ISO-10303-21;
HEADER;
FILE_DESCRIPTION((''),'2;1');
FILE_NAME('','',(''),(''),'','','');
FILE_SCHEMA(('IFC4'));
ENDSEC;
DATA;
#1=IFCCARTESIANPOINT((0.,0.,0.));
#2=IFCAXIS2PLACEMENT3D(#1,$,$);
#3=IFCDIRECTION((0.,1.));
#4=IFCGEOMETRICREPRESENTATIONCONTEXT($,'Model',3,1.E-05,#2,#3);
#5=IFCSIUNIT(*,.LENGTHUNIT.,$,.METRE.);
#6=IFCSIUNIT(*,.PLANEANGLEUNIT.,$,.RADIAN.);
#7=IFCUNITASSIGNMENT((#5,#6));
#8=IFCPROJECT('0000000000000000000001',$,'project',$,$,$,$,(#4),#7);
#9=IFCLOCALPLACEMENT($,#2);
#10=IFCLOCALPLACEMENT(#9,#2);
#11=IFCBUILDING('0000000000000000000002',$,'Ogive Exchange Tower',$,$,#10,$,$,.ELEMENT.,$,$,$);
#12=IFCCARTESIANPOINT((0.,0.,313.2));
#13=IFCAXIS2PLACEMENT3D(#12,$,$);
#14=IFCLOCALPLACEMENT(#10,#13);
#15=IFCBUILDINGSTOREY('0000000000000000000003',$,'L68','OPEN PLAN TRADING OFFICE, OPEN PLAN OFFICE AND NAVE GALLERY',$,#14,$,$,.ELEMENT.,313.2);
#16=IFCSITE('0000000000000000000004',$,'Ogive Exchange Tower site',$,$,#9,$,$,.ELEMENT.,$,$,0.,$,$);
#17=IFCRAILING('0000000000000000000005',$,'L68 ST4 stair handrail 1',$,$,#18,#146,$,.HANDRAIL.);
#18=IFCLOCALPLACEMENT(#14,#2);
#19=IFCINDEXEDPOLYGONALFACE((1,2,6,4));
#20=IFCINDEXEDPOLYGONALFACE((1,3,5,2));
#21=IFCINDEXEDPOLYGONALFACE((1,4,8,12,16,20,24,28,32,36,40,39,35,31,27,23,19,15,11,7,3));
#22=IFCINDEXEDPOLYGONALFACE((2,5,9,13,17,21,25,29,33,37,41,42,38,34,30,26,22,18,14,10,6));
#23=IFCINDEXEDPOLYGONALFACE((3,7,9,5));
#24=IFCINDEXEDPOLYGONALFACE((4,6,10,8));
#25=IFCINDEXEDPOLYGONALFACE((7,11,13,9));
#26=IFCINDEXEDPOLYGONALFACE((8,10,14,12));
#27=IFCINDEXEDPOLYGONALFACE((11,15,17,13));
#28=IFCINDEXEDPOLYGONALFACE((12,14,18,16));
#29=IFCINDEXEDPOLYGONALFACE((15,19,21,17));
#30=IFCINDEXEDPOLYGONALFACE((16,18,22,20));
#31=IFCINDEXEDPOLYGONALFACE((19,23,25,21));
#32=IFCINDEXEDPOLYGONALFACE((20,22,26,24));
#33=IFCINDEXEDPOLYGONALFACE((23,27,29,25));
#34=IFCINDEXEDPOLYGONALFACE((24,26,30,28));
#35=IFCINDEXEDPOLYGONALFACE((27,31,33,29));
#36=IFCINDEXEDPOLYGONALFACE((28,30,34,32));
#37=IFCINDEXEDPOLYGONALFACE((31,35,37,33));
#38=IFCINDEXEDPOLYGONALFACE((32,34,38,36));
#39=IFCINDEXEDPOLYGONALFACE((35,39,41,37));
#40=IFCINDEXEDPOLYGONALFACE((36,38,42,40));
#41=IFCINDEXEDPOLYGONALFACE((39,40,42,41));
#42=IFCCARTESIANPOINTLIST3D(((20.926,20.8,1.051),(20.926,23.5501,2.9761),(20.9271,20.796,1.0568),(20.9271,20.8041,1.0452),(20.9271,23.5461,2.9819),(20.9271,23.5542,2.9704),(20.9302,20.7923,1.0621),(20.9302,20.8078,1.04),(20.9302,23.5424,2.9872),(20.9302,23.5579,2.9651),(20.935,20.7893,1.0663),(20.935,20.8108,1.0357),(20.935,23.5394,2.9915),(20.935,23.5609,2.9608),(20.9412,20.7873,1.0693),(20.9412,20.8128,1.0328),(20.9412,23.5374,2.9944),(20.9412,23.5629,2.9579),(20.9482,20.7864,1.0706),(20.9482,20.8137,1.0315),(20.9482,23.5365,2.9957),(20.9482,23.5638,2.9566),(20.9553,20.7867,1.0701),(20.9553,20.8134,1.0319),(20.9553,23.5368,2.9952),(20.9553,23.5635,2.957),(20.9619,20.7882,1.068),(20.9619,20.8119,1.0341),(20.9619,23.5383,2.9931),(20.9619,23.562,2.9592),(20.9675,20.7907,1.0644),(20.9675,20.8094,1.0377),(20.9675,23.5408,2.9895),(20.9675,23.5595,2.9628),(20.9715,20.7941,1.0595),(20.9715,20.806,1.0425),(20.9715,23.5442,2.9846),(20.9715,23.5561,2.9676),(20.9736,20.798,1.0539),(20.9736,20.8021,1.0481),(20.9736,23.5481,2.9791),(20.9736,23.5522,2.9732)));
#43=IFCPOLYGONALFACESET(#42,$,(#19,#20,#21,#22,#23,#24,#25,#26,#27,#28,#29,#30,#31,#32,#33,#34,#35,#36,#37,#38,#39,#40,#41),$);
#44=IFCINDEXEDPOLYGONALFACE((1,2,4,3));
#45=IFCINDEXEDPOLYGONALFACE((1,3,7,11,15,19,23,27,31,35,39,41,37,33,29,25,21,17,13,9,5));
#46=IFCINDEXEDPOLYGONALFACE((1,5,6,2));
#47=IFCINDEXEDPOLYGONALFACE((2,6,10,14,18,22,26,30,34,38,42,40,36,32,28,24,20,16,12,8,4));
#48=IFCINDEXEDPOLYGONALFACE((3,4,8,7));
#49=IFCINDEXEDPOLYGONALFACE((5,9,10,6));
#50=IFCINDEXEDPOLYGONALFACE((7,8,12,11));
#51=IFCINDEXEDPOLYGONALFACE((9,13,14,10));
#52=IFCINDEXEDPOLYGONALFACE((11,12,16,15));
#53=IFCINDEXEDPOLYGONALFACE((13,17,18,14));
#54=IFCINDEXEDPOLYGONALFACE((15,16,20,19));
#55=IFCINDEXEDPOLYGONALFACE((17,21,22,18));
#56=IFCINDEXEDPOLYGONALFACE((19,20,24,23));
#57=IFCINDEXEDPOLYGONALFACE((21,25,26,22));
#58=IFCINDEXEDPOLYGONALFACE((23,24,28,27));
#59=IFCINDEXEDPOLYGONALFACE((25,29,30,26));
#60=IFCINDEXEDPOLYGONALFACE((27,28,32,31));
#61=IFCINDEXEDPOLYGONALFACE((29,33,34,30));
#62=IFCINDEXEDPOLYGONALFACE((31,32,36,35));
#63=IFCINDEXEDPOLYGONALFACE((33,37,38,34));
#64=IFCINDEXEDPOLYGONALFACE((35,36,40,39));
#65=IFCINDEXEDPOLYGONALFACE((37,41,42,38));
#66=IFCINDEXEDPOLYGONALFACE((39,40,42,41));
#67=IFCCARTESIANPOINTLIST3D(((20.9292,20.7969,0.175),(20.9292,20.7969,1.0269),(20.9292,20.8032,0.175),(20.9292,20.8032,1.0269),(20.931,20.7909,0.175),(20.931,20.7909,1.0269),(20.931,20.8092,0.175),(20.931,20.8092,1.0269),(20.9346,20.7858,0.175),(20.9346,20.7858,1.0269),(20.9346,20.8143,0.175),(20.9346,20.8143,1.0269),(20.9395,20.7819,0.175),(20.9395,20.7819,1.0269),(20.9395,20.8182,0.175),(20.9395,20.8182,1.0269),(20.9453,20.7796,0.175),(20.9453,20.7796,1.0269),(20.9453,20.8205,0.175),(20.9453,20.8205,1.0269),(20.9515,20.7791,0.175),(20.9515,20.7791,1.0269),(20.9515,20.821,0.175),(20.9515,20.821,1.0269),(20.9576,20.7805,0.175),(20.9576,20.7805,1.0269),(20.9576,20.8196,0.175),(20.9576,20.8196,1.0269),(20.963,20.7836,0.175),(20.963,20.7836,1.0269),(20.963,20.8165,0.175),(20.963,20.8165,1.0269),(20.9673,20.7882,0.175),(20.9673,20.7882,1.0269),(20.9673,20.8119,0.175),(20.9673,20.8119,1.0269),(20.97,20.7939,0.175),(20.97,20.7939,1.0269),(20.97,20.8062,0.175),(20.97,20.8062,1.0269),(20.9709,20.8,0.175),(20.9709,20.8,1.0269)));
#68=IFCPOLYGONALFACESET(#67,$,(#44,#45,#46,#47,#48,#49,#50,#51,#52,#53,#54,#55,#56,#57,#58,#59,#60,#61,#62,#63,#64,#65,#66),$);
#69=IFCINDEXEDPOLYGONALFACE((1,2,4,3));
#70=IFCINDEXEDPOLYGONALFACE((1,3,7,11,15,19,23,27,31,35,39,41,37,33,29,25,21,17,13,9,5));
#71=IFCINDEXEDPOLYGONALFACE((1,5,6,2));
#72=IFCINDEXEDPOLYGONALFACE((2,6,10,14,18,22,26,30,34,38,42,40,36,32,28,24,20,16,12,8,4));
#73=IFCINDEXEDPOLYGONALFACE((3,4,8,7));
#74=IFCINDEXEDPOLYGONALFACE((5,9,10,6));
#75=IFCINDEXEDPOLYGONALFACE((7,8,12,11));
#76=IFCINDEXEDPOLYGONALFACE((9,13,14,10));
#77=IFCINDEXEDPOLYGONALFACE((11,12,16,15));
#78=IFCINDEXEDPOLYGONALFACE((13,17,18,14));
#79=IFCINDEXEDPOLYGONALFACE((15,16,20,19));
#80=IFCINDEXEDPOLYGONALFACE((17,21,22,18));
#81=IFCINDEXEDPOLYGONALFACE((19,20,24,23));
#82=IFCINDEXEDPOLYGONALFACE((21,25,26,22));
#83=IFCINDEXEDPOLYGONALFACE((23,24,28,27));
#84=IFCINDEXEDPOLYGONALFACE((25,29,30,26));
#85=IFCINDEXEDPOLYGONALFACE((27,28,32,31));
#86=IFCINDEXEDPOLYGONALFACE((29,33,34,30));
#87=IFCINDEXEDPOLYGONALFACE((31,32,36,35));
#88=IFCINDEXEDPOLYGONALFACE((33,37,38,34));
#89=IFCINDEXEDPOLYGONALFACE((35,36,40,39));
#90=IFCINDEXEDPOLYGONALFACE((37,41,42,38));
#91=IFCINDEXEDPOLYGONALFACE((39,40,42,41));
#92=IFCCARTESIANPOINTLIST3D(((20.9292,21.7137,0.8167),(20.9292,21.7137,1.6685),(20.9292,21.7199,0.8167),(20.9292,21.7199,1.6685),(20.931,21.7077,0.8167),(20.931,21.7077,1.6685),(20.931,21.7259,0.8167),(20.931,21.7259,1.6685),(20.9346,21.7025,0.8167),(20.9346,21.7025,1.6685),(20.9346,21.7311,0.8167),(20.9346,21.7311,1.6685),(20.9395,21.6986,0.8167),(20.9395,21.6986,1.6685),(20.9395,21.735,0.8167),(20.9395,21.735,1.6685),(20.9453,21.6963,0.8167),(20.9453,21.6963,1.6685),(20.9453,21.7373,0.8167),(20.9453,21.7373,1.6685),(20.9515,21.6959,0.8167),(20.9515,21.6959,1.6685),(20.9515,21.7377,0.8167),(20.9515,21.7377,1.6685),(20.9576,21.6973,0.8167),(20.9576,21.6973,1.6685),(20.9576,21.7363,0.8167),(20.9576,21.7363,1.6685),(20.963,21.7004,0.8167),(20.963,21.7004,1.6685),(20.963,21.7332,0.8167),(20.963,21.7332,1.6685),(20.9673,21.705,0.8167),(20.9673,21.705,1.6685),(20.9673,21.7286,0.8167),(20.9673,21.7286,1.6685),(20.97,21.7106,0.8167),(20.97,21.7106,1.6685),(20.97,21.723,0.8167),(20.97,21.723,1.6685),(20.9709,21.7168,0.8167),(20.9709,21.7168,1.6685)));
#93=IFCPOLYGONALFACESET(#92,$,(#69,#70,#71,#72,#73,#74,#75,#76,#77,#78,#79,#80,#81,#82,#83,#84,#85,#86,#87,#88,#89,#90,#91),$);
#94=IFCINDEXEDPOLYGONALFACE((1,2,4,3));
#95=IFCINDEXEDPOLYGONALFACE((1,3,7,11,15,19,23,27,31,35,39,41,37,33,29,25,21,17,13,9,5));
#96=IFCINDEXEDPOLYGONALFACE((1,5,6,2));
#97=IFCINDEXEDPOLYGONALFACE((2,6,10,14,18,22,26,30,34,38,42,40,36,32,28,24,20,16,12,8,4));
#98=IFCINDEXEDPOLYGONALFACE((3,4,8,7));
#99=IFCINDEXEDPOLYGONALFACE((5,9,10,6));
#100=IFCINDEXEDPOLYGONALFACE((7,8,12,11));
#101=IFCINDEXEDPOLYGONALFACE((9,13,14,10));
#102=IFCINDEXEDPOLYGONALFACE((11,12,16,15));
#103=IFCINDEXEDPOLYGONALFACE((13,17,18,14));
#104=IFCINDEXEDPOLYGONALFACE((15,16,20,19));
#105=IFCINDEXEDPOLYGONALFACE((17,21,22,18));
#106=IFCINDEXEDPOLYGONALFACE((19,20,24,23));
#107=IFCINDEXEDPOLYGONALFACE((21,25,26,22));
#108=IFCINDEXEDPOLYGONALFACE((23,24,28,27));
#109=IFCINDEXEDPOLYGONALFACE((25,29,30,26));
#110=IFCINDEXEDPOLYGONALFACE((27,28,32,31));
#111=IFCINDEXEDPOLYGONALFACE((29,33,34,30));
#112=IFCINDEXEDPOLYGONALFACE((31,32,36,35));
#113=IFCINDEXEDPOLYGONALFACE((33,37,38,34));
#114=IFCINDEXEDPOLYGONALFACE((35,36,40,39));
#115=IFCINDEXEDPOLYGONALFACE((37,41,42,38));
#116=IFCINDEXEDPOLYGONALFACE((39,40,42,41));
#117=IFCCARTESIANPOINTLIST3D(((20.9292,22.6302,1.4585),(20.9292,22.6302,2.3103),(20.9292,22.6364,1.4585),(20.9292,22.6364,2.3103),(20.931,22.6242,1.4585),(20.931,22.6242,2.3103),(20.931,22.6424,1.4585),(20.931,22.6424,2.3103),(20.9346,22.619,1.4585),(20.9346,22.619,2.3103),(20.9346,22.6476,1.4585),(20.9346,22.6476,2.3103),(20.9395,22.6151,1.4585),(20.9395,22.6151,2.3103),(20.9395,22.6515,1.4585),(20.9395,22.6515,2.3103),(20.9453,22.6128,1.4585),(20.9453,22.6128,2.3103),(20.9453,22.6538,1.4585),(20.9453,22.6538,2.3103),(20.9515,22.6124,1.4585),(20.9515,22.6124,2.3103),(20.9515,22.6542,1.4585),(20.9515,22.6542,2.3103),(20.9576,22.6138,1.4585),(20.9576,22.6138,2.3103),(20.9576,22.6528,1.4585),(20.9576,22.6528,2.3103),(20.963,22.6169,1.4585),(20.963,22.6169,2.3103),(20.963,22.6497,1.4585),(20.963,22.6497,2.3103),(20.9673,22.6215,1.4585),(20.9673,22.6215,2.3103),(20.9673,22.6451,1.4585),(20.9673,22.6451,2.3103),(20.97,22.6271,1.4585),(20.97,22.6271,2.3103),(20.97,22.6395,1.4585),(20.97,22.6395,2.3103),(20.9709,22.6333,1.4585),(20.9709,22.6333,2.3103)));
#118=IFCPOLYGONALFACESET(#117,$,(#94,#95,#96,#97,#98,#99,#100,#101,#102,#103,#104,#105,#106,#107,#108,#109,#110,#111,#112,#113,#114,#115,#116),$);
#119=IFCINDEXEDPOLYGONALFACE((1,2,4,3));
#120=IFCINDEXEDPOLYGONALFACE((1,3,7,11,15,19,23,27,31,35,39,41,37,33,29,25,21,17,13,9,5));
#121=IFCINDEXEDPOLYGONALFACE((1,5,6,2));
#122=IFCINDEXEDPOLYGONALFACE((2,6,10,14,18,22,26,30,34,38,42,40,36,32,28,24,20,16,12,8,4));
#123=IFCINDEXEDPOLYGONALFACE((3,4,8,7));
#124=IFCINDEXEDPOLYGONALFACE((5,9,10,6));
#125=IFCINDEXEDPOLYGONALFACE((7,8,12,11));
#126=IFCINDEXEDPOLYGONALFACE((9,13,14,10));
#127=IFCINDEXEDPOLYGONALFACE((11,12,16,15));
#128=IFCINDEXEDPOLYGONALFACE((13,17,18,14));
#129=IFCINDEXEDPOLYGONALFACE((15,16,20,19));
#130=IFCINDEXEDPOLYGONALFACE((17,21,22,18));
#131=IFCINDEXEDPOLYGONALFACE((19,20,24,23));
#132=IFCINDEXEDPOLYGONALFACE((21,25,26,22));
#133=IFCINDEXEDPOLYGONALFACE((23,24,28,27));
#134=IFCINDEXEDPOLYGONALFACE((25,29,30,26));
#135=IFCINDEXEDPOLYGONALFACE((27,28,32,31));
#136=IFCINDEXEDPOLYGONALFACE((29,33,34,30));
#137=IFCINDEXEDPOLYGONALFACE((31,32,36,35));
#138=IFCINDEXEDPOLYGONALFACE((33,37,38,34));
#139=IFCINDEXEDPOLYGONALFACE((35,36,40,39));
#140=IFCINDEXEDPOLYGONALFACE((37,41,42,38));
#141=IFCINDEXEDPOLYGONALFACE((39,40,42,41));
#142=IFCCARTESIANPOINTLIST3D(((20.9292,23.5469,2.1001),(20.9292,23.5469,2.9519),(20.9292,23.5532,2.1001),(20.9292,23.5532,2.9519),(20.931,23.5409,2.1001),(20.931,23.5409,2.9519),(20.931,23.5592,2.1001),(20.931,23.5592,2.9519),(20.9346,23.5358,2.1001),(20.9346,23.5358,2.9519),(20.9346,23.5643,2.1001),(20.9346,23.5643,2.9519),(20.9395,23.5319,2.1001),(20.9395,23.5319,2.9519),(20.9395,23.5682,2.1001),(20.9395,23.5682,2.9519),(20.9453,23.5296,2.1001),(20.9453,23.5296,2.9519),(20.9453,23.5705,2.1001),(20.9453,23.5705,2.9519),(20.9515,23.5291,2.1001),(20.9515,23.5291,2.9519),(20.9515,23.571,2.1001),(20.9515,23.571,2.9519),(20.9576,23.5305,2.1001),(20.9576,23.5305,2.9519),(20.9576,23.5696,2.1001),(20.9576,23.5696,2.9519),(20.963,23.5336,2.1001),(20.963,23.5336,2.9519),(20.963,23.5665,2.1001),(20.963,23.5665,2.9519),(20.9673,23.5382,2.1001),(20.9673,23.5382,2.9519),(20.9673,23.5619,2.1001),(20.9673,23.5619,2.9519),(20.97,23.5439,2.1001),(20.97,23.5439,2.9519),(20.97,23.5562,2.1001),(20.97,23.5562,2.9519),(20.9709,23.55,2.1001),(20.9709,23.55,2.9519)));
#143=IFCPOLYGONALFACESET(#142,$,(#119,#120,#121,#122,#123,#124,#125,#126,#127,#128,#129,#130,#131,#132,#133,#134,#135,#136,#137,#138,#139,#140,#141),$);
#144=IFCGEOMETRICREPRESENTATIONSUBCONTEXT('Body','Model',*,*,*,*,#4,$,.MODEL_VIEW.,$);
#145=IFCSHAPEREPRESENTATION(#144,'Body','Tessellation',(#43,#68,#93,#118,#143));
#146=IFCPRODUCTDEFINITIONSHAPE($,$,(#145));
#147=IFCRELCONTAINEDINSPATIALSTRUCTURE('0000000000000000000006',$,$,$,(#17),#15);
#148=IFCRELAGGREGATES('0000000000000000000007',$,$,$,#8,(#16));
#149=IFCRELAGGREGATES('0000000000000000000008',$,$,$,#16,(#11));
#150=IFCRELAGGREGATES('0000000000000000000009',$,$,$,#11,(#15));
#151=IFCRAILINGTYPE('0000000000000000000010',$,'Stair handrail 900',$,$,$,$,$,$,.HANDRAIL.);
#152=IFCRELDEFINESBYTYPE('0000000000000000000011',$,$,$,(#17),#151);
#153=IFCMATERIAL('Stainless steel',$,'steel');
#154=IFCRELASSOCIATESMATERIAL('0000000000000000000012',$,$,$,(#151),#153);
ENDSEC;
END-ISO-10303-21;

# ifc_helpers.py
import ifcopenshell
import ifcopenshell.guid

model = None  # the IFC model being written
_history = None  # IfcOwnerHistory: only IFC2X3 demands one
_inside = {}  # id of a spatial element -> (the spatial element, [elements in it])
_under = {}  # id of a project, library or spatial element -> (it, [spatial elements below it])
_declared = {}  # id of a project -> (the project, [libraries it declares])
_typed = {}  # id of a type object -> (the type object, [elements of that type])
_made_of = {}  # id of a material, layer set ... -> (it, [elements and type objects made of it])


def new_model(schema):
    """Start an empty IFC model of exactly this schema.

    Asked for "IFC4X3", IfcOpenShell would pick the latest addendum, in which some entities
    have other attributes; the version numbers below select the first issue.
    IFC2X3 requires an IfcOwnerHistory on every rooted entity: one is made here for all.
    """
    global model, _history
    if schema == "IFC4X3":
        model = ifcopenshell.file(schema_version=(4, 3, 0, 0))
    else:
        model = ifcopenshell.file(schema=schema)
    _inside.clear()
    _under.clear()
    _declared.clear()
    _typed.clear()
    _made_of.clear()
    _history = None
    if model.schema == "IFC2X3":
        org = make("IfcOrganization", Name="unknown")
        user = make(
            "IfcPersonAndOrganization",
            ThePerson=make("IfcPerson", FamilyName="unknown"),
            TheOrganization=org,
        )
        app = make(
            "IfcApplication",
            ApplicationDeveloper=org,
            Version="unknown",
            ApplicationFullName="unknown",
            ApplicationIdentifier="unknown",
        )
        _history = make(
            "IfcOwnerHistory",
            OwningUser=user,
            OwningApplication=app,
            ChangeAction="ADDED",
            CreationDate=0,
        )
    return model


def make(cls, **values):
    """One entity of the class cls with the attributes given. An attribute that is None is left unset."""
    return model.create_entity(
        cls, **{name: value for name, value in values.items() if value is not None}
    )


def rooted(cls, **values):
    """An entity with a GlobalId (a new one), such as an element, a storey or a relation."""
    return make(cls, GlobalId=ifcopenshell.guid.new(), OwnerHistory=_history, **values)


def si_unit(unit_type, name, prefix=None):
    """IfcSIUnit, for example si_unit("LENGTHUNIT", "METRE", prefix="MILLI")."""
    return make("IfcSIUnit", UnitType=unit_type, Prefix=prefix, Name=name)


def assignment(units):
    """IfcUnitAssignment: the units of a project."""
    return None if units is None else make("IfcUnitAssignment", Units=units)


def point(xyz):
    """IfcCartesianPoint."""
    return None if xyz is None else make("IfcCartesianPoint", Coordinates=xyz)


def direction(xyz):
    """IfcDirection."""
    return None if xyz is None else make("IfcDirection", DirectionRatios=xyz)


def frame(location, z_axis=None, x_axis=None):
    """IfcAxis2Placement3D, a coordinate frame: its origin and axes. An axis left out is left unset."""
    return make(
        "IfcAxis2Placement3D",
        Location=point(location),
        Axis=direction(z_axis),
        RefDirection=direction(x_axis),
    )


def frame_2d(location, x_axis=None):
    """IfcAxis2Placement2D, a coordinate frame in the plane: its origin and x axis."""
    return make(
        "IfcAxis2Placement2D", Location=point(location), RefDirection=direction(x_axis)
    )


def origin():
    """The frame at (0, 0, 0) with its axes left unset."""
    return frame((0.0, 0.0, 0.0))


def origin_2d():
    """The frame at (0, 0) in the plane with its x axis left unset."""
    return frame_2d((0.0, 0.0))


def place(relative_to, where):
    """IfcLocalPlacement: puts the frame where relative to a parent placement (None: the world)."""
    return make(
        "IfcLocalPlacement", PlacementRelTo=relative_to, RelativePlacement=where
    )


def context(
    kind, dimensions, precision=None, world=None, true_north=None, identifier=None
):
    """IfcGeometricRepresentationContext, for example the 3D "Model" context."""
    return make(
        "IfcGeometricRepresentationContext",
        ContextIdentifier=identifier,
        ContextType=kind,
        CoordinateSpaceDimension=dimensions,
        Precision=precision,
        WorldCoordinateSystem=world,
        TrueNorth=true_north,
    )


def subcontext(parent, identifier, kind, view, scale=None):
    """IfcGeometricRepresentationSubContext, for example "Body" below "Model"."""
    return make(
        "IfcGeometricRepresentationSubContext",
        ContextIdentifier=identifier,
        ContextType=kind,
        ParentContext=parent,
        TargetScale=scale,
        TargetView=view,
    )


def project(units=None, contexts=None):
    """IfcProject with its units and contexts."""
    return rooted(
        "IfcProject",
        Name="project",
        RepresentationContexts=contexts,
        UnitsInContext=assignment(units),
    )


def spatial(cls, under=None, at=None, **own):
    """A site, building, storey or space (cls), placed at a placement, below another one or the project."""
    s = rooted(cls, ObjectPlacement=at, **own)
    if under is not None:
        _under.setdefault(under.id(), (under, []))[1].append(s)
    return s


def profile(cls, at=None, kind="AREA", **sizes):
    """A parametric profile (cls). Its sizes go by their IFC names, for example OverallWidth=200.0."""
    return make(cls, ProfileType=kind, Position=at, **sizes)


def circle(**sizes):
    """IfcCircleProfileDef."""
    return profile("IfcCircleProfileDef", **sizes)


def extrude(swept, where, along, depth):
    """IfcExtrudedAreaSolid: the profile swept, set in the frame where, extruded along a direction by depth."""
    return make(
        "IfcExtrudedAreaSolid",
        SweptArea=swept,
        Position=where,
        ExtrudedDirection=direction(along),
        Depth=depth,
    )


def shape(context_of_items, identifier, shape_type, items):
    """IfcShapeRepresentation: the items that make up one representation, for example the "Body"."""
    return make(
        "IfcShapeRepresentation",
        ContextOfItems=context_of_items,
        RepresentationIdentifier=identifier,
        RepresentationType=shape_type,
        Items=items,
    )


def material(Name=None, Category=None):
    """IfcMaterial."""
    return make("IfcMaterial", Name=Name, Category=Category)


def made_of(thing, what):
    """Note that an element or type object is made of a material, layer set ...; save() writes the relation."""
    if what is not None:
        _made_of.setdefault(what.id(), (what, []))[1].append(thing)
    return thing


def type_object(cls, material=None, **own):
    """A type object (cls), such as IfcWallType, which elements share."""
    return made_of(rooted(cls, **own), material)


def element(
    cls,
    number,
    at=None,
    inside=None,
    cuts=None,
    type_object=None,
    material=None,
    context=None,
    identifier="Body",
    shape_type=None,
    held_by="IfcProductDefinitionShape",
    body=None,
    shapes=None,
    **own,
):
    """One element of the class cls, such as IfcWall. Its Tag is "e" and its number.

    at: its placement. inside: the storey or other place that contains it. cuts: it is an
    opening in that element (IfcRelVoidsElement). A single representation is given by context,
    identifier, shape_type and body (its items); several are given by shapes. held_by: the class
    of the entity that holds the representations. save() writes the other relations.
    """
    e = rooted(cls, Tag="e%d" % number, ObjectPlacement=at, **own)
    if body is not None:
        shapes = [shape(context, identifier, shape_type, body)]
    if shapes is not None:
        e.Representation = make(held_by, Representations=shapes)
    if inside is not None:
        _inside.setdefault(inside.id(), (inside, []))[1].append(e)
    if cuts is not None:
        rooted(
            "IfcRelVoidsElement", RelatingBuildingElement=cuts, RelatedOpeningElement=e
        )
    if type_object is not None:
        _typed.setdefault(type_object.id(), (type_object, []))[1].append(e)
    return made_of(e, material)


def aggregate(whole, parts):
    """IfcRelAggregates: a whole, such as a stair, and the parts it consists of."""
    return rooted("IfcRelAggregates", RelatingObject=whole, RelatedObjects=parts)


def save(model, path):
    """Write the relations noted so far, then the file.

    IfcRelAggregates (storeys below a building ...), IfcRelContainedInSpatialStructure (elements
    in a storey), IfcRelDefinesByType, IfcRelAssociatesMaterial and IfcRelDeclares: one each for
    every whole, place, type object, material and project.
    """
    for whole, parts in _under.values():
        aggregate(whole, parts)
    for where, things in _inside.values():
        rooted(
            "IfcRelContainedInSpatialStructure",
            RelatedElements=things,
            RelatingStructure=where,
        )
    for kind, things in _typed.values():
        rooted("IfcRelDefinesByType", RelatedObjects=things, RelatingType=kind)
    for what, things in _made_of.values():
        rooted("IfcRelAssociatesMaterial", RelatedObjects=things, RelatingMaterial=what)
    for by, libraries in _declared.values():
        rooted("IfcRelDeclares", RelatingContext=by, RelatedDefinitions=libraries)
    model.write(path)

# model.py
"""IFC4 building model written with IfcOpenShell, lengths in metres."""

from ifc_helpers import new_model, si_unit, direction, frame, origin, origin_2d, place, context, subcontext, project, spatial, circle, extrude, material, type_object, element, save


model = new_model("IFC4")

# Units and contexts
model_context = context("Model", 3, precision=1e-05, world=origin(), true_north=direction((0.0, 1.0)))
body_context = subcontext(model_context, "Body", "Model", "MODEL_VIEW")
ifc_project = project(units=[si_unit("LENGTHUNIT", "METRE"), si_unit("PLANEANGLEUNIT", "RADIAN")], contexts=[model_context])

# Site, building, storey
site_placement = place(None, origin())
site = spatial("IfcSite", under=ifc_project, at=site_placement, Name="Ogive Exchange Tower site", CompositionType="ELEMENT", RefElevation=0.0)
building_placement = place(site_placement, origin())
building = spatial("IfcBuilding", under=site, at=building_placement, Name="Ogive Exchange Tower", CompositionType="ELEMENT")
storey_placement = place(building_placement, frame((0.0, 0.0, 313.2)))
storey = spatial("IfcBuildingStorey", under=building, at=storey_placement, Name="L68", Description="OPEN PLAN TRADING OFFICE, OPEN PLAN OFFICE AND NAVE GALLERY", CompositionType="ELEMENT", Elevation=313.2)

# Railing
ifc_material_1 = material(Name="Stainless steel", Category="steel")
railing_type = type_object("IfcRailingType", Name="Stair handrail 900", PredefinedType="HANDRAIL", material=ifc_material_1)
railing_1_placement = place(storey_placement, frame((20.95, 20.8, 0.175)))
element("IfcRailing", 1, at=railing_1_placement, inside=storey, type_object=railing_type, Name="L68 ST4 stair handrail 1", PredefinedType="HANDRAIL", context=body_context, shape_type="SweptSolid", body=[
    extrude(circle(Radius=0.0239, at=origin_2d()), frame((0.0, 0.0, 0.876), z_axis=(0.0, 0.819225, 0.573472), x_axis=(-1.0, 0.0, 0.0)), (0.0, 0.0, 1.0), 3.3569),
    extrude(circle(Radius=0.021, at=origin_2d()), origin(), (0.0, 0.0, 1.0), 0.8518),
    extrude(circle(Radius=0.021, at=origin_2d()), frame((0.0, 0.9167, 0.6416)), (0.0, 0.0, 1.0), 0.8518),
    extrude(circle(Radius=0.021, at=origin_2d()), frame((0.0, 1.8333, 1.2834)), (0.0, 0.0, 1.0), 0.8518),
    extrude(circle(Radius=0.021, at=origin_2d()), frame((0.0, 2.75, 1.925)), (0.0, 0.0, 1.0), 0.8518),
])

save(model, "model.ifc")
